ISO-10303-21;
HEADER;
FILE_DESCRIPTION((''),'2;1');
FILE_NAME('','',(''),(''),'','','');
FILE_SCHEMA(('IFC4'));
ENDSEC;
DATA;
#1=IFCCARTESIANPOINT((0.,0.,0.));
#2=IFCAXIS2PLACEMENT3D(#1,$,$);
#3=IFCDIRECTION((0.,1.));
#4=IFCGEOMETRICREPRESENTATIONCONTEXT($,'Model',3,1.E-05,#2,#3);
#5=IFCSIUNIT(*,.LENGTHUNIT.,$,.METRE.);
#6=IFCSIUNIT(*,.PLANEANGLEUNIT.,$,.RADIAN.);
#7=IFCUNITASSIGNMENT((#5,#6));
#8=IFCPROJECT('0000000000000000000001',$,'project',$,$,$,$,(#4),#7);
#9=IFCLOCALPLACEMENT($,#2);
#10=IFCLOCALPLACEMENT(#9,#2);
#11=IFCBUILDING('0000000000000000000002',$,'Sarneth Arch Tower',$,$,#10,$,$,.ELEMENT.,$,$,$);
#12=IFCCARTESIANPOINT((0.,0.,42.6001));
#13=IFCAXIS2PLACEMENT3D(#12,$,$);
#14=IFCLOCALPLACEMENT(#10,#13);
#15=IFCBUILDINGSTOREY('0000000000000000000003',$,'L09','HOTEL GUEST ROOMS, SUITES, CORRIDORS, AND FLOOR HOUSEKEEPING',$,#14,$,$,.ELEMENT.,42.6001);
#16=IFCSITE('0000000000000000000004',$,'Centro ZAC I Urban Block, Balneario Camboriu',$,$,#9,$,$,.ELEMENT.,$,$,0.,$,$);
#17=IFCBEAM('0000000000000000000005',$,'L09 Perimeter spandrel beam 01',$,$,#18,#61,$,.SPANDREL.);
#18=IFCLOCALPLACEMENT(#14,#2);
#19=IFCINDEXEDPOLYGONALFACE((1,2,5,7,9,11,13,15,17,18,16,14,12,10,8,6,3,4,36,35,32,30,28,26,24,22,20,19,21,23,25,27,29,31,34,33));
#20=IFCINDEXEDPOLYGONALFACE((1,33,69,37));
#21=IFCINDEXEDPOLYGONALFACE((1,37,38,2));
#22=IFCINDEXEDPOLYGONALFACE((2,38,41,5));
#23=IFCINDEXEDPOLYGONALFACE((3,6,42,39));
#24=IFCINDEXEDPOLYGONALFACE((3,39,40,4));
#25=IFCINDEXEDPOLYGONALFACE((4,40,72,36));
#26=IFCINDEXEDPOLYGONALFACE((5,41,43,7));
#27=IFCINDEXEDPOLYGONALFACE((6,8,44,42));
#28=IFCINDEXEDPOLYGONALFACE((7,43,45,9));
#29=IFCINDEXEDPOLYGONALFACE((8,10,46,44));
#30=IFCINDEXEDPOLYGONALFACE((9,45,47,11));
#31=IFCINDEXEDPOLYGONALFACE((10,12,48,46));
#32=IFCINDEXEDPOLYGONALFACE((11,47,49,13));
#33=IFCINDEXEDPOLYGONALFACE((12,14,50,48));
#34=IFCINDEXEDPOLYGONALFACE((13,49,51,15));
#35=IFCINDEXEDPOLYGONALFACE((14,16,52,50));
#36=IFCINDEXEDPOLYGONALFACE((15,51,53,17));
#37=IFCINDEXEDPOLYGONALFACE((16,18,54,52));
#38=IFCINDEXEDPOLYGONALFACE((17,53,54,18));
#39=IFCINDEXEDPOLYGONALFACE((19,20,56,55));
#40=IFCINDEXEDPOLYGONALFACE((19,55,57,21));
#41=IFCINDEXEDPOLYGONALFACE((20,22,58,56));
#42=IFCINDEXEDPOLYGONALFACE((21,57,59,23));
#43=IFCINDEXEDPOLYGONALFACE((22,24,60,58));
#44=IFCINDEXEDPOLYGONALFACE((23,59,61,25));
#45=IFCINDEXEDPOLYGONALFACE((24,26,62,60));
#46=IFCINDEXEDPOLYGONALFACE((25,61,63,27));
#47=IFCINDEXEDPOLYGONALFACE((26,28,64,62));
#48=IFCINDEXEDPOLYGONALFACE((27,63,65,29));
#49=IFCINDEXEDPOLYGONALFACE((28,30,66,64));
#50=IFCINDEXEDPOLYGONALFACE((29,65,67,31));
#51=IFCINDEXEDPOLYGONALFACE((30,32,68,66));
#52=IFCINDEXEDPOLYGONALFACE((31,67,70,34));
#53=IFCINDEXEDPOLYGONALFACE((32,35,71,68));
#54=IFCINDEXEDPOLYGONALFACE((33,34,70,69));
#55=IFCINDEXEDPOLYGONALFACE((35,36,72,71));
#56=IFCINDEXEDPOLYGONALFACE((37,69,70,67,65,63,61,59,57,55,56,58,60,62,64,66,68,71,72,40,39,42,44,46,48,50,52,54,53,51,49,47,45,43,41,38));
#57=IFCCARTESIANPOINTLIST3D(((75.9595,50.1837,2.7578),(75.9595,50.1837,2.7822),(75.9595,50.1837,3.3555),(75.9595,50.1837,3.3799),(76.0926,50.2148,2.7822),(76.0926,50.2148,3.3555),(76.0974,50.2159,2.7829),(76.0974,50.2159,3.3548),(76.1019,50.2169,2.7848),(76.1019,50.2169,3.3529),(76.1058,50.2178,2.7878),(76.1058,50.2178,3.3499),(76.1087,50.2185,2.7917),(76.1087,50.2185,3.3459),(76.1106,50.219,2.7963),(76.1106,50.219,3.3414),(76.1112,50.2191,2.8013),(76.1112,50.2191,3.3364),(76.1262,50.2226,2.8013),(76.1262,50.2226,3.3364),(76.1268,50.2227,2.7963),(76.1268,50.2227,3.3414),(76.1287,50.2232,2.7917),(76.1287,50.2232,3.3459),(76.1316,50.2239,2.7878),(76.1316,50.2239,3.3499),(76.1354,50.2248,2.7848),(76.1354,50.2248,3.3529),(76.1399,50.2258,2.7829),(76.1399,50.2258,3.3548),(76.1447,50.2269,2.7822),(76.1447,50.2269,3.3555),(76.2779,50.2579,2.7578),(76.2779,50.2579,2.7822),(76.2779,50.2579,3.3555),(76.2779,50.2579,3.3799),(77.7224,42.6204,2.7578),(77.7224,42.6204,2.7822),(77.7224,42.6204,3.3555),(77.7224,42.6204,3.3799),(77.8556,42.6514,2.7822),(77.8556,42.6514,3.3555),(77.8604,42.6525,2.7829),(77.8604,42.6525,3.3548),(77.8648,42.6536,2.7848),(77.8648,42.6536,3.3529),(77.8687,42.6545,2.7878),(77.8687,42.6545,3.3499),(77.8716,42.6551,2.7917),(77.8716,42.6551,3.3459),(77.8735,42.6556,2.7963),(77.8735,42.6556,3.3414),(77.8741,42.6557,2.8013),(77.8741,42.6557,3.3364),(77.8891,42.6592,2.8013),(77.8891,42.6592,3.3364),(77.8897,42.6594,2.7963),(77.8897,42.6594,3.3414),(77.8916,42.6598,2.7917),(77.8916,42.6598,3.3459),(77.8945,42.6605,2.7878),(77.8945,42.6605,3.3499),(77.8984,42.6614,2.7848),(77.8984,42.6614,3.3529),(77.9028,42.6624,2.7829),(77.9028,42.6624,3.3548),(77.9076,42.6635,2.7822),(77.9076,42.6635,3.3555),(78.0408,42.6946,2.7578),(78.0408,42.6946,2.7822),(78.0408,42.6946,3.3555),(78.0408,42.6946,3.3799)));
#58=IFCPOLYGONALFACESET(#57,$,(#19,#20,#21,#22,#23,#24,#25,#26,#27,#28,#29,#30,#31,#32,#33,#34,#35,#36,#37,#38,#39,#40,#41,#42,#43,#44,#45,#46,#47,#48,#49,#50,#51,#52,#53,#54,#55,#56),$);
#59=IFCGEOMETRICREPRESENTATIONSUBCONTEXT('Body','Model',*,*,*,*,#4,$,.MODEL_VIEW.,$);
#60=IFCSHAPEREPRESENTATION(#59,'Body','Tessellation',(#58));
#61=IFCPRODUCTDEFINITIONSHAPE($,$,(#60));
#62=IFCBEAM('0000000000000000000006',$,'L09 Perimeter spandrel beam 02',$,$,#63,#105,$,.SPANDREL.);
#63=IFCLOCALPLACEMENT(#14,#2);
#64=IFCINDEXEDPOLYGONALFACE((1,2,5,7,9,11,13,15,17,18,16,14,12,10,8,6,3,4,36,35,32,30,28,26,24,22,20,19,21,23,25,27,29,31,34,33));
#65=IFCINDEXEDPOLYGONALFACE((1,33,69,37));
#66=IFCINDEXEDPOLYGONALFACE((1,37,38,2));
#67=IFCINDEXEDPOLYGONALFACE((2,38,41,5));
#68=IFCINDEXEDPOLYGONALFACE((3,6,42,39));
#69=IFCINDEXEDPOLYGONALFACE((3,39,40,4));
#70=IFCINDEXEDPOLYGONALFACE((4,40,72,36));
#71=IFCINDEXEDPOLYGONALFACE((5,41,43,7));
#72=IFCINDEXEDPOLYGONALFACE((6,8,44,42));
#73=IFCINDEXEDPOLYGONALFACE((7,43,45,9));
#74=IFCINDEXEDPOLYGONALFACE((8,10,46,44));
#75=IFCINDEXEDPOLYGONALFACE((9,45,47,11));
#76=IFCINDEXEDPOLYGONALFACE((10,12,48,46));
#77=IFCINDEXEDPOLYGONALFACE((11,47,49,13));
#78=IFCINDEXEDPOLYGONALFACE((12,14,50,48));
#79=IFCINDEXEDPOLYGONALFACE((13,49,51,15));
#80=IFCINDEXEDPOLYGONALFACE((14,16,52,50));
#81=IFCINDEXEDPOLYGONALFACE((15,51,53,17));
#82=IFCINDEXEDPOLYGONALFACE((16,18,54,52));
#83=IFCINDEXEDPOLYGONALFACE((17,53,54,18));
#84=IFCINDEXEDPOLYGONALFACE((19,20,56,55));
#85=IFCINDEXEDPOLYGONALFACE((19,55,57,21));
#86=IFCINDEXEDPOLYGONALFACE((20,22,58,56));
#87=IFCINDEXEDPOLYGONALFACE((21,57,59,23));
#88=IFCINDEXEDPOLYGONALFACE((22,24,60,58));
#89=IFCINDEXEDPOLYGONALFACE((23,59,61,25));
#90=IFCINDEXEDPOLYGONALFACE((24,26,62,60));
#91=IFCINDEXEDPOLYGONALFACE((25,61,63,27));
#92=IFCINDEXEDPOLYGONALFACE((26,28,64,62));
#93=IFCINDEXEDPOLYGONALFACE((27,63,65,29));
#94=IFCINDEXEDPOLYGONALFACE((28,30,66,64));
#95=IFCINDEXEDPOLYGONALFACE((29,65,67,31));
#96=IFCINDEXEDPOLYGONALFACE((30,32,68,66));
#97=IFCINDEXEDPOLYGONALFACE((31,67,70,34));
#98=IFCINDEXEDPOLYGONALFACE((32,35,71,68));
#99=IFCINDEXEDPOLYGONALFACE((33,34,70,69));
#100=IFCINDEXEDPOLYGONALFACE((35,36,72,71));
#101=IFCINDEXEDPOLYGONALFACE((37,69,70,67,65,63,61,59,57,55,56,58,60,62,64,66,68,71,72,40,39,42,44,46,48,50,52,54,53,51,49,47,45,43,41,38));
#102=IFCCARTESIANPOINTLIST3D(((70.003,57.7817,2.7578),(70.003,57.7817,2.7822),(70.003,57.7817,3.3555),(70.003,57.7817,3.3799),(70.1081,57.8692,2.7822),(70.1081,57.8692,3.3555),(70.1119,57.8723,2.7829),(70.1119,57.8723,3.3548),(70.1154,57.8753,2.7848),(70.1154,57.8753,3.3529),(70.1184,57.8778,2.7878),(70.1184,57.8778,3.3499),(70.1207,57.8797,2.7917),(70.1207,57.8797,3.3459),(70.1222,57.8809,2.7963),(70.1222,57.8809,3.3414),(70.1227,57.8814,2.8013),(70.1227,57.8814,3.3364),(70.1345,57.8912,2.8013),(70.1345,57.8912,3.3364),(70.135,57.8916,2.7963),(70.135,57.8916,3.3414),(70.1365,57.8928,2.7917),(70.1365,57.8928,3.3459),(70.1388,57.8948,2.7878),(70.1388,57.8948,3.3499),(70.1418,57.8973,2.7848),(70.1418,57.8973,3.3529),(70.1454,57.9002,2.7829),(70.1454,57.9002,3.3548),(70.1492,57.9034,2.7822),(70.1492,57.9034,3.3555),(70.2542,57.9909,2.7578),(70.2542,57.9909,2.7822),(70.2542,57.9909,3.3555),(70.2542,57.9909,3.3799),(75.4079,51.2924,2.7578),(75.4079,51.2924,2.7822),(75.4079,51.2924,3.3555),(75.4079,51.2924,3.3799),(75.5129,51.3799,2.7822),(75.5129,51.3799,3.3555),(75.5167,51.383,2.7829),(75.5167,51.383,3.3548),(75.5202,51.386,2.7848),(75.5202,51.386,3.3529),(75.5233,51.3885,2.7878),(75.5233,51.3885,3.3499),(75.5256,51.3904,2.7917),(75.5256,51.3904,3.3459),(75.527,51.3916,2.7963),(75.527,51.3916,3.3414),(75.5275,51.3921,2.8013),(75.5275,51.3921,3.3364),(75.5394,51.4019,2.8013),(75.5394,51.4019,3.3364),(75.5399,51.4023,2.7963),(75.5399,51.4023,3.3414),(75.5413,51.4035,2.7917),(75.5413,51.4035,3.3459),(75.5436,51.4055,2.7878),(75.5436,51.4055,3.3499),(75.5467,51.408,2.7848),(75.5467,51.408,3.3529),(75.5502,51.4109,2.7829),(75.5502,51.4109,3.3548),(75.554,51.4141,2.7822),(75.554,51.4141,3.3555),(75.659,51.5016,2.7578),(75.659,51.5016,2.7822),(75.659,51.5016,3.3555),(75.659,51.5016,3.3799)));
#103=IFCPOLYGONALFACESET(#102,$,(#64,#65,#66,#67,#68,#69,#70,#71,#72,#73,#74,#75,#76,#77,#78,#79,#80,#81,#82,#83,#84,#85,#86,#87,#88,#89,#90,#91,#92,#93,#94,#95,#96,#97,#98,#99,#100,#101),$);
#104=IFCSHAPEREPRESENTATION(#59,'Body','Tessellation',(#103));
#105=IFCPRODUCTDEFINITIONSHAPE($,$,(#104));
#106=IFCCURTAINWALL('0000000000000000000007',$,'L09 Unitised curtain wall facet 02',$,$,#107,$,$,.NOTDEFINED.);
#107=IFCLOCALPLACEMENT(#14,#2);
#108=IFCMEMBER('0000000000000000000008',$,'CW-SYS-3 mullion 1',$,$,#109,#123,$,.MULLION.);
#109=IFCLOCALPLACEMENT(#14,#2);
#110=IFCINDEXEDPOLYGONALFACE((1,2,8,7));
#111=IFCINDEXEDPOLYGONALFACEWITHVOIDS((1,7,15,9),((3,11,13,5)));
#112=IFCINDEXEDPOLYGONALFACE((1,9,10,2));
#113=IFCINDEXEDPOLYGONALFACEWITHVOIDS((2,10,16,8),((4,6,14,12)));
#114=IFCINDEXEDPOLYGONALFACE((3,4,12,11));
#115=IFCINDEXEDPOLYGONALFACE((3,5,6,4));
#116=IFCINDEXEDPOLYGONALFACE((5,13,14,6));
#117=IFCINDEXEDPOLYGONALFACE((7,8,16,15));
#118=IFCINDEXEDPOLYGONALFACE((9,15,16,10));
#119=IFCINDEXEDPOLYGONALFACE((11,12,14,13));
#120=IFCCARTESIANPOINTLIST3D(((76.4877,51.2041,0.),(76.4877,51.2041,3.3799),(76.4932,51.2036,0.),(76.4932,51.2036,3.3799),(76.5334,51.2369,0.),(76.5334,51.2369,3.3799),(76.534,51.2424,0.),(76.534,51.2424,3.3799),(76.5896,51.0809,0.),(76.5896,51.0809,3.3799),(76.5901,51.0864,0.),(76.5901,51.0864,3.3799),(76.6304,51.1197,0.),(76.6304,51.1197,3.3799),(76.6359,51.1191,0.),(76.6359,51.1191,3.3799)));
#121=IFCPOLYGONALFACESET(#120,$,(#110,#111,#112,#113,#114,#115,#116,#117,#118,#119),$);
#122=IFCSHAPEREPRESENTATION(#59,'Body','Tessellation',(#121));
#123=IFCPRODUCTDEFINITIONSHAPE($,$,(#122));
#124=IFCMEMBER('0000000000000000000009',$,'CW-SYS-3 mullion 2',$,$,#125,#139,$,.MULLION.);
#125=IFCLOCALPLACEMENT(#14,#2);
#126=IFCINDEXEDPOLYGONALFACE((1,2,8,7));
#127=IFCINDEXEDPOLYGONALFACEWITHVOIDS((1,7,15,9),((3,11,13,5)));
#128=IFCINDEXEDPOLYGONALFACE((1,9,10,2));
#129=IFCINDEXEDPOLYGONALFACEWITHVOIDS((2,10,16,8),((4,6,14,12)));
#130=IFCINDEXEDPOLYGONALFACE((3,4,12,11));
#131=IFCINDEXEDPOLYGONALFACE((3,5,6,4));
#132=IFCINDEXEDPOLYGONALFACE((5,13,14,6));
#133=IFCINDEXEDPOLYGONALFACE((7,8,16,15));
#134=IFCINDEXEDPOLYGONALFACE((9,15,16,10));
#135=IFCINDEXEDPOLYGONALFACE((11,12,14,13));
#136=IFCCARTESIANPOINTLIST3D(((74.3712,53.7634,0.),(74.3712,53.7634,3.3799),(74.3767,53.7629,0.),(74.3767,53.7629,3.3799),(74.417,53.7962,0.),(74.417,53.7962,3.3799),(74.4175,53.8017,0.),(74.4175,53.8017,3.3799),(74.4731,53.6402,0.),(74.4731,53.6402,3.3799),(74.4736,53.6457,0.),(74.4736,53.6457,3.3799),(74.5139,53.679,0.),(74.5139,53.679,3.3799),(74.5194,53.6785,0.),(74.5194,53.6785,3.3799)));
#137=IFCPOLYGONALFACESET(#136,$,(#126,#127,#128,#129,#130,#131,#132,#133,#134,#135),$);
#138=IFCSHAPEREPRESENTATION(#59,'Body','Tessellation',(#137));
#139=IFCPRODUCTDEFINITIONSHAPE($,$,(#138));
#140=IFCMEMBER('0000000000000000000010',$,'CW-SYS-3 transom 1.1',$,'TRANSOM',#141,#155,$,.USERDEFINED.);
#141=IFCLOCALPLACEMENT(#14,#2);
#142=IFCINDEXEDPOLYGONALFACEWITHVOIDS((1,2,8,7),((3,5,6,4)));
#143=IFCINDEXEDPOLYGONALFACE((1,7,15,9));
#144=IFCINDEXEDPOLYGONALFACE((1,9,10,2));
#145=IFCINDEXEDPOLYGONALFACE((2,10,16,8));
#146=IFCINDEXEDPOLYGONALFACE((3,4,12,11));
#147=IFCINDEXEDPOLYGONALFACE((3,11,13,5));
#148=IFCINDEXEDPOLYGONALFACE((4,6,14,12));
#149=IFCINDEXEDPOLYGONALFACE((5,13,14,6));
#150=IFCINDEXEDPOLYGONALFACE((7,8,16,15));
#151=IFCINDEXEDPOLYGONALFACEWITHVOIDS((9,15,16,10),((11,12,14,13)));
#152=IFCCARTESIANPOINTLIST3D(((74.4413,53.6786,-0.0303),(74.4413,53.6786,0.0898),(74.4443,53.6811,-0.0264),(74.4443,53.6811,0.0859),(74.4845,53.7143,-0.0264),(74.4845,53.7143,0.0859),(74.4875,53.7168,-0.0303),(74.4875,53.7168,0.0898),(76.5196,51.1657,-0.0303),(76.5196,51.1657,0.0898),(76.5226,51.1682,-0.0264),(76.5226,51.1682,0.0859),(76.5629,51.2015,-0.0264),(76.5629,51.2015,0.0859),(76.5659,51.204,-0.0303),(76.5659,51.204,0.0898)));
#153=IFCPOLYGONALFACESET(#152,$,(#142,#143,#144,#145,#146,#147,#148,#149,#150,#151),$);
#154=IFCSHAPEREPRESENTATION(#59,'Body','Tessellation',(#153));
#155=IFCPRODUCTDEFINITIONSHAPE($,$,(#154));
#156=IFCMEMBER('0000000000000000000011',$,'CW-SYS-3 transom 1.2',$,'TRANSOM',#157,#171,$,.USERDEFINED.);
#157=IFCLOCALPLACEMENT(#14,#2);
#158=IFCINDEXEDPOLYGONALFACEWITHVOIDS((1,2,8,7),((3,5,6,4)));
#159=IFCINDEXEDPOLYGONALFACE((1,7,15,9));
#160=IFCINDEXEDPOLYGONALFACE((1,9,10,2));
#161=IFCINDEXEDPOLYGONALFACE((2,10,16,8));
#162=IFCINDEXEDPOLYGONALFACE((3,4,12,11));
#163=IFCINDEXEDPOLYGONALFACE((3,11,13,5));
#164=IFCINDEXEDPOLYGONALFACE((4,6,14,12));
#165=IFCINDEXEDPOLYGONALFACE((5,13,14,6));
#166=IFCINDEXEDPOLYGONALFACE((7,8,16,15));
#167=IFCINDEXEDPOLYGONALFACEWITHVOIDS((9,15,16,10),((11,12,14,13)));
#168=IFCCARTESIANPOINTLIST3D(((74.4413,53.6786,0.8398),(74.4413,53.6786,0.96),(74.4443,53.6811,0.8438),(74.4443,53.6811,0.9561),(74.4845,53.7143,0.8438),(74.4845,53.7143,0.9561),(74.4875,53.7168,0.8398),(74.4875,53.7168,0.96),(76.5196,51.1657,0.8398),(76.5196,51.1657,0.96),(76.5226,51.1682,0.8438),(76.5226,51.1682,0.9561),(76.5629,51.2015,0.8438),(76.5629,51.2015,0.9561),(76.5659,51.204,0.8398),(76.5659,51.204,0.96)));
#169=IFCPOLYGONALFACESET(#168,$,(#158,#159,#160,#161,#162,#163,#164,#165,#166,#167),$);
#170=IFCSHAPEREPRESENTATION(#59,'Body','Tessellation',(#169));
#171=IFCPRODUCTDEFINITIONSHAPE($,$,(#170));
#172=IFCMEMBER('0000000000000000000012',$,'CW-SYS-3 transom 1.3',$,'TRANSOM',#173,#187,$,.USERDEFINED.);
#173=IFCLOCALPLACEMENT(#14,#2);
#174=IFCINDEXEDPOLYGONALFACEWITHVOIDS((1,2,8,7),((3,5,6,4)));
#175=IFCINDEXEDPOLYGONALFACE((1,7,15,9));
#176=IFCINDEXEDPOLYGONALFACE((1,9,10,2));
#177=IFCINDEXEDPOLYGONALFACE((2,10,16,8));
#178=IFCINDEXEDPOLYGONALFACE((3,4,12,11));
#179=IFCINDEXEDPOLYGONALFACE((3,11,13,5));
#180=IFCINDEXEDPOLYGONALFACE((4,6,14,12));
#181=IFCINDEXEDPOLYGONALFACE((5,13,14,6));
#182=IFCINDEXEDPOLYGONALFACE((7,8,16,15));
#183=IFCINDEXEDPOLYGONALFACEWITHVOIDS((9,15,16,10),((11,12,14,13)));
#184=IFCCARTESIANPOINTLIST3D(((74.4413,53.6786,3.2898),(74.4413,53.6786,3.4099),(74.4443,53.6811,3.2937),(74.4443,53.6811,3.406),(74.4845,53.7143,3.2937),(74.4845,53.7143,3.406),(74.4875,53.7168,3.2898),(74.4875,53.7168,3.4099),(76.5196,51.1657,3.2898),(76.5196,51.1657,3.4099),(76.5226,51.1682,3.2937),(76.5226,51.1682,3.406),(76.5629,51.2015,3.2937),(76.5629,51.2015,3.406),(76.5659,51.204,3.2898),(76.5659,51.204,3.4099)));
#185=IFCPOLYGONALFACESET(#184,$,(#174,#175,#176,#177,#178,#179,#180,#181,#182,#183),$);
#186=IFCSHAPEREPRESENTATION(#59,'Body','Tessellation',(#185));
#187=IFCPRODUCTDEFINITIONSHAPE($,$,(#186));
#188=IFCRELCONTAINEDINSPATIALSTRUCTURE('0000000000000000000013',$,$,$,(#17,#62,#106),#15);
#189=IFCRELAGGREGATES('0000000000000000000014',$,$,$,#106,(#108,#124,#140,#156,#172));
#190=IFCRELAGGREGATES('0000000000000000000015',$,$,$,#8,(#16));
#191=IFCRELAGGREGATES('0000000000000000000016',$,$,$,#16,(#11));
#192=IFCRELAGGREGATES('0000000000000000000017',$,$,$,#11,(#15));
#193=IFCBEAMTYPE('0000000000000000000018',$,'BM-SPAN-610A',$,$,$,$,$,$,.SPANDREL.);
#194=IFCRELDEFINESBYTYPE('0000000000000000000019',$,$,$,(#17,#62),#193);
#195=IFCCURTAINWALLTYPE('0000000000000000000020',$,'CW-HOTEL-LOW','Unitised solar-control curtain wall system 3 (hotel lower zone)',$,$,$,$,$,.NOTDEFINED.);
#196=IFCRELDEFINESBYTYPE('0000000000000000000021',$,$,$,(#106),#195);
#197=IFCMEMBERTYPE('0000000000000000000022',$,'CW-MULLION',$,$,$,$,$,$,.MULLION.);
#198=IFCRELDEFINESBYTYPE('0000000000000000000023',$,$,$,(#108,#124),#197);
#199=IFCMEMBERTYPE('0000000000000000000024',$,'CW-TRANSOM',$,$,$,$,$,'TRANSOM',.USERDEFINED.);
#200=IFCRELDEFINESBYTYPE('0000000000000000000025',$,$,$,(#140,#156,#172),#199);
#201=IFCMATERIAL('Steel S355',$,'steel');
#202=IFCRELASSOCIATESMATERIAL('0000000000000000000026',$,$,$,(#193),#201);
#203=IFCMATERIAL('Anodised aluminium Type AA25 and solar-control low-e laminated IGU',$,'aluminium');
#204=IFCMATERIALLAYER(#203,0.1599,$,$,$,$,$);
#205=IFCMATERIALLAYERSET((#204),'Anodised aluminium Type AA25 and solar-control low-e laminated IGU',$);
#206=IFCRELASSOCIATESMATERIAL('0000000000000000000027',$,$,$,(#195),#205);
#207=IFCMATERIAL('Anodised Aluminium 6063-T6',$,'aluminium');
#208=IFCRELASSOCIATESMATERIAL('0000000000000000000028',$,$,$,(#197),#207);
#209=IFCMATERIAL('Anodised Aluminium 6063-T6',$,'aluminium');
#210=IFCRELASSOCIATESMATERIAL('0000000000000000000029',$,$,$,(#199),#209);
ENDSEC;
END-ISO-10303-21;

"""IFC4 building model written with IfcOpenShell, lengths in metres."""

from ifc_helpers import new_model, si_unit, direction, frame, origin, origin_2d, place, context, subcontext, project, spatial, hollow_rectangle, i_section, extrude, material, layer, layer_set, material_profile, profile_set, type_object, element, aggregate, save


model = new_model("IFC4")

# Units and contexts
model_context = context("Model", 3, precision=1e-05, world=origin(), true_north=direction((0.0, 1.0)))
body_context = subcontext(model_context, "Body", "Model", "MODEL_VIEW")
ifc_project = project(units=[si_unit("LENGTHUNIT", "METRE"), si_unit("PLANEANGLEUNIT", "RADIAN")], contexts=[model_context])

# Site, building, storey
site_placement = place(None, origin())
site = spatial("IfcSite", under=ifc_project, at=site_placement, Name="Centro ZAC I Urban Block, Balneario Camboriu", CompositionType="ELEMENT", RefElevation=0.0)
building_placement = place(site_placement, origin())
building = spatial("IfcBuilding", under=site, at=building_placement, Name="Sarneth Arch Tower", CompositionType="ELEMENT")
storey_placement = place(building_placement, frame((0.0, 0.0, 42.6001)))
storey = spatial("IfcBuildingStorey", under=building, at=storey_placement, Name="L09", Description="HOTEL GUEST ROOMS, SUITES, CORRIDORS, AND FLOOR HOUSEKEEPING", CompositionType="ELEMENT", Elevation=42.6001)

# Beams
ifc_material_1 = material(Name="Steel S355", Category="steel")
ifc_material_profile_1 = material_profile(ifc_material_1, i_section(OverallWidth=0.3269, OverallDepth=0.6221, WebThickness=0.0154, FlangeThickness=0.0244, FilletRadius=0.019, at=origin_2d()), Name="W610x195")
ifc_profile_set_1 = profile_set([ifc_material_profile_1], Name="Steel S355")
beam_type = type_object("IfcBeamType", Name="BM-SPAN-610A", PredefinedType="SPANDREL", material=ifc_profile_set_1)
beam_1_placement = place(storey_placement, frame((77.8816, 42.6575, 3.0688), z_axis=(-0.227001, 0.973895, 0.0), x_axis=(-0.973895, -0.227001, 0.0)))
element("IfcBeam", 1, at=beam_1_placement, inside=storey, type_object=beam_type, Name="L09 Perimeter spandrel beam 01", PredefinedType="SPANDREL", context=body_context, shape_type="SweptSolid", body=[
    extrude(i_section(OverallWidth=0.3269, OverallDepth=0.6221, WebThickness=0.0154, FlangeThickness=0.0244, FilletRadius=0.019, at=origin_2d()), origin(), (0.0, 0.0, 1.0), 7.7661),
])
beam_2_placement = place(storey_placement, frame((75.5334, 51.397, 3.0688), z_axis=(-0.63998, 0.768392, 0.0), x_axis=(-0.768392, -0.63998, 0.0)))
element("IfcBeam", 2, at=beam_2_placement, inside=storey, type_object=beam_type, Name="L09 Perimeter spandrel beam 02", PredefinedType="SPANDREL", context=body_context, shape_type="SweptSolid", body=[
    extrude(i_section(OverallWidth=0.3269, OverallDepth=0.6221, WebThickness=0.0154, FlangeThickness=0.0244, FilletRadius=0.019, at=origin_2d()), origin(), (0.0, 0.0, 1.0), 8.4453),
])

# Curtain wall, members
ifc_material_2 = material(Name="Anodised aluminium Type AA25 and solar-control low-e laminated IGU", Category="aluminium")
ifc_layer_1 = layer(ifc_material_2, 0.1599)
ifc_layer_set_1 = layer_set([ifc_layer_1], Name="Anodised aluminium Type AA25 and solar-control low-e laminated IGU")
curtain_wall_type = type_object("IfcCurtainWallType", Name="CW-HOTEL-LOW", Description="Unitised solar-control curtain wall system 3 (hotel lower zone)", PredefinedType="NOTDEFINED", material=ifc_layer_set_1)
curtain_wall_placement = place(storey_placement, origin())
curtain_wall = element("IfcCurtainWall", 3, at=curtain_wall_placement, inside=storey, type_object=curtain_wall_type, Name="L09 Unitised curtain wall facet 02", PredefinedType="NOTDEFINED")
ifc_material_3 = material(Name="Anodised Aluminium 6063-T6", Category="aluminium")
ifc_material_profile_2 = material_profile(ifc_material_3, hollow_rectangle(XDim=0.0601, YDim=0.1599, WallThickness=0.0039, at=origin_2d()), Name="AL-MULL-160x60x4")
ifc_profile_set_2 = profile_set([ifc_material_profile_2], Name="Anodised Aluminium 6063-T6")
member_type_1 = type_object("IfcMemberType", Name="CW-MULLION", PredefinedType="MULLION", material=ifc_profile_set_2)
member_1_placement = place(storey_placement, frame((76.5618, 51.1616, 0.0), z_axis=(0.0, 0.0, 1.0), x_axis=(-0.770623, -0.637291, 0.0)))
member_1 = element("IfcMember", 4, at=member_1_placement, type_object=member_type_1, Name="CW-SYS-3 mullion 1", PredefinedType="MULLION", context=body_context, shape_type="SweptSolid", body=[
    extrude(hollow_rectangle(XDim=0.0601, YDim=0.1599, WallThickness=0.0039, at=origin_2d()), origin(), (0.0, 0.0, 1.0), 3.3799),
])
member_2_placement = place(storey_placement, frame((74.4453, 53.7209, 0.0), z_axis=(0.0, 0.0, 1.0), x_axis=(-0.770623, -0.637291, 0.0)))
member_2 = element("IfcMember", 5, at=member_2_placement, type_object=member_type_1, Name="CW-SYS-3 mullion 2", PredefinedType="MULLION", context=body_context, shape_type="SweptSolid", body=[
    extrude(hollow_rectangle(XDim=0.0601, YDim=0.1599, WallThickness=0.0039, at=origin_2d()), origin(), (0.0, 0.0, 1.0), 3.3799),
])
ifc_material_4 = material(Name="Anodised Aluminium 6063-T6", Category="aluminium")
ifc_material_profile_3 = material_profile(ifc_material_4, hollow_rectangle(XDim=0.0601, YDim=0.1201, WallThickness=0.0039, at=origin_2d()), Name="AL-TRAN-120x60x4")
ifc_profile_set_3 = profile_set([ifc_material_profile_3], Name="Anodised Aluminium 6063-T6")
member_type_2 = type_object("IfcMemberType", Name="CW-TRANSOM", ElementType="TRANSOM", PredefinedType="USERDEFINED", material=ifc_profile_set_3)
member_3_placement = place(storey_placement, frame((76.5427, 51.1848, 0.0298), z_axis=(-0.63733, 0.770591, 0.0), x_axis=(-0.770591, -0.63733, 0.0)))
member_3 = element("IfcMember", 6, at=member_3_placement, type_object=member_type_2, Name="CW-SYS-3 transom 1.1", ObjectType="TRANSOM", PredefinedType="USERDEFINED", context=body_context, shape_type="SweptSolid", body=[
    extrude(hollow_rectangle(XDim=0.0601, YDim=0.1201, WallThickness=0.0039, at=origin_2d()), origin(), (0.0, 0.0, 1.0), 3.261),
])
member_4_placement = place(storey_placement, frame((76.5427, 51.1848, 0.8999), z_axis=(-0.63733, 0.770591, 0.0), x_axis=(-0.770591, -0.63733, 0.0)))
member_4 = element("IfcMember", 7, at=member_4_placement, type_object=member_type_2, Name="CW-SYS-3 transom 1.2", ObjectType="TRANSOM", PredefinedType="USERDEFINED", context=body_context, shape_type="SweptSolid", body=[
    extrude(hollow_rectangle(XDim=0.0601, YDim=0.1201, WallThickness=0.0039, at=origin_2d()), origin(), (0.0, 0.0, 1.0), 3.261),
])
member_5_placement = place(storey_placement, frame((76.5427, 51.1848, 3.3499), z_axis=(-0.63733, 0.770591, 0.0), x_axis=(-0.770591, -0.63733, 0.0)))
member_5 = element("IfcMember", 8, at=member_5_placement, type_object=member_type_2, Name="CW-SYS-3 transom 1.3", ObjectType="TRANSOM", PredefinedType="USERDEFINED", context=body_context, shape_type="SweptSolid", body=[
    extrude(hollow_rectangle(XDim=0.0601, YDim=0.1201, WallThickness=0.0039, at=origin_2d()), origin(), (0.0, 0.0, 1.0), 3.261),
])

aggregate(curtain_wall, [member_1, member_2, member_3, member_4, member_5])

save(model, "model.ifc")
